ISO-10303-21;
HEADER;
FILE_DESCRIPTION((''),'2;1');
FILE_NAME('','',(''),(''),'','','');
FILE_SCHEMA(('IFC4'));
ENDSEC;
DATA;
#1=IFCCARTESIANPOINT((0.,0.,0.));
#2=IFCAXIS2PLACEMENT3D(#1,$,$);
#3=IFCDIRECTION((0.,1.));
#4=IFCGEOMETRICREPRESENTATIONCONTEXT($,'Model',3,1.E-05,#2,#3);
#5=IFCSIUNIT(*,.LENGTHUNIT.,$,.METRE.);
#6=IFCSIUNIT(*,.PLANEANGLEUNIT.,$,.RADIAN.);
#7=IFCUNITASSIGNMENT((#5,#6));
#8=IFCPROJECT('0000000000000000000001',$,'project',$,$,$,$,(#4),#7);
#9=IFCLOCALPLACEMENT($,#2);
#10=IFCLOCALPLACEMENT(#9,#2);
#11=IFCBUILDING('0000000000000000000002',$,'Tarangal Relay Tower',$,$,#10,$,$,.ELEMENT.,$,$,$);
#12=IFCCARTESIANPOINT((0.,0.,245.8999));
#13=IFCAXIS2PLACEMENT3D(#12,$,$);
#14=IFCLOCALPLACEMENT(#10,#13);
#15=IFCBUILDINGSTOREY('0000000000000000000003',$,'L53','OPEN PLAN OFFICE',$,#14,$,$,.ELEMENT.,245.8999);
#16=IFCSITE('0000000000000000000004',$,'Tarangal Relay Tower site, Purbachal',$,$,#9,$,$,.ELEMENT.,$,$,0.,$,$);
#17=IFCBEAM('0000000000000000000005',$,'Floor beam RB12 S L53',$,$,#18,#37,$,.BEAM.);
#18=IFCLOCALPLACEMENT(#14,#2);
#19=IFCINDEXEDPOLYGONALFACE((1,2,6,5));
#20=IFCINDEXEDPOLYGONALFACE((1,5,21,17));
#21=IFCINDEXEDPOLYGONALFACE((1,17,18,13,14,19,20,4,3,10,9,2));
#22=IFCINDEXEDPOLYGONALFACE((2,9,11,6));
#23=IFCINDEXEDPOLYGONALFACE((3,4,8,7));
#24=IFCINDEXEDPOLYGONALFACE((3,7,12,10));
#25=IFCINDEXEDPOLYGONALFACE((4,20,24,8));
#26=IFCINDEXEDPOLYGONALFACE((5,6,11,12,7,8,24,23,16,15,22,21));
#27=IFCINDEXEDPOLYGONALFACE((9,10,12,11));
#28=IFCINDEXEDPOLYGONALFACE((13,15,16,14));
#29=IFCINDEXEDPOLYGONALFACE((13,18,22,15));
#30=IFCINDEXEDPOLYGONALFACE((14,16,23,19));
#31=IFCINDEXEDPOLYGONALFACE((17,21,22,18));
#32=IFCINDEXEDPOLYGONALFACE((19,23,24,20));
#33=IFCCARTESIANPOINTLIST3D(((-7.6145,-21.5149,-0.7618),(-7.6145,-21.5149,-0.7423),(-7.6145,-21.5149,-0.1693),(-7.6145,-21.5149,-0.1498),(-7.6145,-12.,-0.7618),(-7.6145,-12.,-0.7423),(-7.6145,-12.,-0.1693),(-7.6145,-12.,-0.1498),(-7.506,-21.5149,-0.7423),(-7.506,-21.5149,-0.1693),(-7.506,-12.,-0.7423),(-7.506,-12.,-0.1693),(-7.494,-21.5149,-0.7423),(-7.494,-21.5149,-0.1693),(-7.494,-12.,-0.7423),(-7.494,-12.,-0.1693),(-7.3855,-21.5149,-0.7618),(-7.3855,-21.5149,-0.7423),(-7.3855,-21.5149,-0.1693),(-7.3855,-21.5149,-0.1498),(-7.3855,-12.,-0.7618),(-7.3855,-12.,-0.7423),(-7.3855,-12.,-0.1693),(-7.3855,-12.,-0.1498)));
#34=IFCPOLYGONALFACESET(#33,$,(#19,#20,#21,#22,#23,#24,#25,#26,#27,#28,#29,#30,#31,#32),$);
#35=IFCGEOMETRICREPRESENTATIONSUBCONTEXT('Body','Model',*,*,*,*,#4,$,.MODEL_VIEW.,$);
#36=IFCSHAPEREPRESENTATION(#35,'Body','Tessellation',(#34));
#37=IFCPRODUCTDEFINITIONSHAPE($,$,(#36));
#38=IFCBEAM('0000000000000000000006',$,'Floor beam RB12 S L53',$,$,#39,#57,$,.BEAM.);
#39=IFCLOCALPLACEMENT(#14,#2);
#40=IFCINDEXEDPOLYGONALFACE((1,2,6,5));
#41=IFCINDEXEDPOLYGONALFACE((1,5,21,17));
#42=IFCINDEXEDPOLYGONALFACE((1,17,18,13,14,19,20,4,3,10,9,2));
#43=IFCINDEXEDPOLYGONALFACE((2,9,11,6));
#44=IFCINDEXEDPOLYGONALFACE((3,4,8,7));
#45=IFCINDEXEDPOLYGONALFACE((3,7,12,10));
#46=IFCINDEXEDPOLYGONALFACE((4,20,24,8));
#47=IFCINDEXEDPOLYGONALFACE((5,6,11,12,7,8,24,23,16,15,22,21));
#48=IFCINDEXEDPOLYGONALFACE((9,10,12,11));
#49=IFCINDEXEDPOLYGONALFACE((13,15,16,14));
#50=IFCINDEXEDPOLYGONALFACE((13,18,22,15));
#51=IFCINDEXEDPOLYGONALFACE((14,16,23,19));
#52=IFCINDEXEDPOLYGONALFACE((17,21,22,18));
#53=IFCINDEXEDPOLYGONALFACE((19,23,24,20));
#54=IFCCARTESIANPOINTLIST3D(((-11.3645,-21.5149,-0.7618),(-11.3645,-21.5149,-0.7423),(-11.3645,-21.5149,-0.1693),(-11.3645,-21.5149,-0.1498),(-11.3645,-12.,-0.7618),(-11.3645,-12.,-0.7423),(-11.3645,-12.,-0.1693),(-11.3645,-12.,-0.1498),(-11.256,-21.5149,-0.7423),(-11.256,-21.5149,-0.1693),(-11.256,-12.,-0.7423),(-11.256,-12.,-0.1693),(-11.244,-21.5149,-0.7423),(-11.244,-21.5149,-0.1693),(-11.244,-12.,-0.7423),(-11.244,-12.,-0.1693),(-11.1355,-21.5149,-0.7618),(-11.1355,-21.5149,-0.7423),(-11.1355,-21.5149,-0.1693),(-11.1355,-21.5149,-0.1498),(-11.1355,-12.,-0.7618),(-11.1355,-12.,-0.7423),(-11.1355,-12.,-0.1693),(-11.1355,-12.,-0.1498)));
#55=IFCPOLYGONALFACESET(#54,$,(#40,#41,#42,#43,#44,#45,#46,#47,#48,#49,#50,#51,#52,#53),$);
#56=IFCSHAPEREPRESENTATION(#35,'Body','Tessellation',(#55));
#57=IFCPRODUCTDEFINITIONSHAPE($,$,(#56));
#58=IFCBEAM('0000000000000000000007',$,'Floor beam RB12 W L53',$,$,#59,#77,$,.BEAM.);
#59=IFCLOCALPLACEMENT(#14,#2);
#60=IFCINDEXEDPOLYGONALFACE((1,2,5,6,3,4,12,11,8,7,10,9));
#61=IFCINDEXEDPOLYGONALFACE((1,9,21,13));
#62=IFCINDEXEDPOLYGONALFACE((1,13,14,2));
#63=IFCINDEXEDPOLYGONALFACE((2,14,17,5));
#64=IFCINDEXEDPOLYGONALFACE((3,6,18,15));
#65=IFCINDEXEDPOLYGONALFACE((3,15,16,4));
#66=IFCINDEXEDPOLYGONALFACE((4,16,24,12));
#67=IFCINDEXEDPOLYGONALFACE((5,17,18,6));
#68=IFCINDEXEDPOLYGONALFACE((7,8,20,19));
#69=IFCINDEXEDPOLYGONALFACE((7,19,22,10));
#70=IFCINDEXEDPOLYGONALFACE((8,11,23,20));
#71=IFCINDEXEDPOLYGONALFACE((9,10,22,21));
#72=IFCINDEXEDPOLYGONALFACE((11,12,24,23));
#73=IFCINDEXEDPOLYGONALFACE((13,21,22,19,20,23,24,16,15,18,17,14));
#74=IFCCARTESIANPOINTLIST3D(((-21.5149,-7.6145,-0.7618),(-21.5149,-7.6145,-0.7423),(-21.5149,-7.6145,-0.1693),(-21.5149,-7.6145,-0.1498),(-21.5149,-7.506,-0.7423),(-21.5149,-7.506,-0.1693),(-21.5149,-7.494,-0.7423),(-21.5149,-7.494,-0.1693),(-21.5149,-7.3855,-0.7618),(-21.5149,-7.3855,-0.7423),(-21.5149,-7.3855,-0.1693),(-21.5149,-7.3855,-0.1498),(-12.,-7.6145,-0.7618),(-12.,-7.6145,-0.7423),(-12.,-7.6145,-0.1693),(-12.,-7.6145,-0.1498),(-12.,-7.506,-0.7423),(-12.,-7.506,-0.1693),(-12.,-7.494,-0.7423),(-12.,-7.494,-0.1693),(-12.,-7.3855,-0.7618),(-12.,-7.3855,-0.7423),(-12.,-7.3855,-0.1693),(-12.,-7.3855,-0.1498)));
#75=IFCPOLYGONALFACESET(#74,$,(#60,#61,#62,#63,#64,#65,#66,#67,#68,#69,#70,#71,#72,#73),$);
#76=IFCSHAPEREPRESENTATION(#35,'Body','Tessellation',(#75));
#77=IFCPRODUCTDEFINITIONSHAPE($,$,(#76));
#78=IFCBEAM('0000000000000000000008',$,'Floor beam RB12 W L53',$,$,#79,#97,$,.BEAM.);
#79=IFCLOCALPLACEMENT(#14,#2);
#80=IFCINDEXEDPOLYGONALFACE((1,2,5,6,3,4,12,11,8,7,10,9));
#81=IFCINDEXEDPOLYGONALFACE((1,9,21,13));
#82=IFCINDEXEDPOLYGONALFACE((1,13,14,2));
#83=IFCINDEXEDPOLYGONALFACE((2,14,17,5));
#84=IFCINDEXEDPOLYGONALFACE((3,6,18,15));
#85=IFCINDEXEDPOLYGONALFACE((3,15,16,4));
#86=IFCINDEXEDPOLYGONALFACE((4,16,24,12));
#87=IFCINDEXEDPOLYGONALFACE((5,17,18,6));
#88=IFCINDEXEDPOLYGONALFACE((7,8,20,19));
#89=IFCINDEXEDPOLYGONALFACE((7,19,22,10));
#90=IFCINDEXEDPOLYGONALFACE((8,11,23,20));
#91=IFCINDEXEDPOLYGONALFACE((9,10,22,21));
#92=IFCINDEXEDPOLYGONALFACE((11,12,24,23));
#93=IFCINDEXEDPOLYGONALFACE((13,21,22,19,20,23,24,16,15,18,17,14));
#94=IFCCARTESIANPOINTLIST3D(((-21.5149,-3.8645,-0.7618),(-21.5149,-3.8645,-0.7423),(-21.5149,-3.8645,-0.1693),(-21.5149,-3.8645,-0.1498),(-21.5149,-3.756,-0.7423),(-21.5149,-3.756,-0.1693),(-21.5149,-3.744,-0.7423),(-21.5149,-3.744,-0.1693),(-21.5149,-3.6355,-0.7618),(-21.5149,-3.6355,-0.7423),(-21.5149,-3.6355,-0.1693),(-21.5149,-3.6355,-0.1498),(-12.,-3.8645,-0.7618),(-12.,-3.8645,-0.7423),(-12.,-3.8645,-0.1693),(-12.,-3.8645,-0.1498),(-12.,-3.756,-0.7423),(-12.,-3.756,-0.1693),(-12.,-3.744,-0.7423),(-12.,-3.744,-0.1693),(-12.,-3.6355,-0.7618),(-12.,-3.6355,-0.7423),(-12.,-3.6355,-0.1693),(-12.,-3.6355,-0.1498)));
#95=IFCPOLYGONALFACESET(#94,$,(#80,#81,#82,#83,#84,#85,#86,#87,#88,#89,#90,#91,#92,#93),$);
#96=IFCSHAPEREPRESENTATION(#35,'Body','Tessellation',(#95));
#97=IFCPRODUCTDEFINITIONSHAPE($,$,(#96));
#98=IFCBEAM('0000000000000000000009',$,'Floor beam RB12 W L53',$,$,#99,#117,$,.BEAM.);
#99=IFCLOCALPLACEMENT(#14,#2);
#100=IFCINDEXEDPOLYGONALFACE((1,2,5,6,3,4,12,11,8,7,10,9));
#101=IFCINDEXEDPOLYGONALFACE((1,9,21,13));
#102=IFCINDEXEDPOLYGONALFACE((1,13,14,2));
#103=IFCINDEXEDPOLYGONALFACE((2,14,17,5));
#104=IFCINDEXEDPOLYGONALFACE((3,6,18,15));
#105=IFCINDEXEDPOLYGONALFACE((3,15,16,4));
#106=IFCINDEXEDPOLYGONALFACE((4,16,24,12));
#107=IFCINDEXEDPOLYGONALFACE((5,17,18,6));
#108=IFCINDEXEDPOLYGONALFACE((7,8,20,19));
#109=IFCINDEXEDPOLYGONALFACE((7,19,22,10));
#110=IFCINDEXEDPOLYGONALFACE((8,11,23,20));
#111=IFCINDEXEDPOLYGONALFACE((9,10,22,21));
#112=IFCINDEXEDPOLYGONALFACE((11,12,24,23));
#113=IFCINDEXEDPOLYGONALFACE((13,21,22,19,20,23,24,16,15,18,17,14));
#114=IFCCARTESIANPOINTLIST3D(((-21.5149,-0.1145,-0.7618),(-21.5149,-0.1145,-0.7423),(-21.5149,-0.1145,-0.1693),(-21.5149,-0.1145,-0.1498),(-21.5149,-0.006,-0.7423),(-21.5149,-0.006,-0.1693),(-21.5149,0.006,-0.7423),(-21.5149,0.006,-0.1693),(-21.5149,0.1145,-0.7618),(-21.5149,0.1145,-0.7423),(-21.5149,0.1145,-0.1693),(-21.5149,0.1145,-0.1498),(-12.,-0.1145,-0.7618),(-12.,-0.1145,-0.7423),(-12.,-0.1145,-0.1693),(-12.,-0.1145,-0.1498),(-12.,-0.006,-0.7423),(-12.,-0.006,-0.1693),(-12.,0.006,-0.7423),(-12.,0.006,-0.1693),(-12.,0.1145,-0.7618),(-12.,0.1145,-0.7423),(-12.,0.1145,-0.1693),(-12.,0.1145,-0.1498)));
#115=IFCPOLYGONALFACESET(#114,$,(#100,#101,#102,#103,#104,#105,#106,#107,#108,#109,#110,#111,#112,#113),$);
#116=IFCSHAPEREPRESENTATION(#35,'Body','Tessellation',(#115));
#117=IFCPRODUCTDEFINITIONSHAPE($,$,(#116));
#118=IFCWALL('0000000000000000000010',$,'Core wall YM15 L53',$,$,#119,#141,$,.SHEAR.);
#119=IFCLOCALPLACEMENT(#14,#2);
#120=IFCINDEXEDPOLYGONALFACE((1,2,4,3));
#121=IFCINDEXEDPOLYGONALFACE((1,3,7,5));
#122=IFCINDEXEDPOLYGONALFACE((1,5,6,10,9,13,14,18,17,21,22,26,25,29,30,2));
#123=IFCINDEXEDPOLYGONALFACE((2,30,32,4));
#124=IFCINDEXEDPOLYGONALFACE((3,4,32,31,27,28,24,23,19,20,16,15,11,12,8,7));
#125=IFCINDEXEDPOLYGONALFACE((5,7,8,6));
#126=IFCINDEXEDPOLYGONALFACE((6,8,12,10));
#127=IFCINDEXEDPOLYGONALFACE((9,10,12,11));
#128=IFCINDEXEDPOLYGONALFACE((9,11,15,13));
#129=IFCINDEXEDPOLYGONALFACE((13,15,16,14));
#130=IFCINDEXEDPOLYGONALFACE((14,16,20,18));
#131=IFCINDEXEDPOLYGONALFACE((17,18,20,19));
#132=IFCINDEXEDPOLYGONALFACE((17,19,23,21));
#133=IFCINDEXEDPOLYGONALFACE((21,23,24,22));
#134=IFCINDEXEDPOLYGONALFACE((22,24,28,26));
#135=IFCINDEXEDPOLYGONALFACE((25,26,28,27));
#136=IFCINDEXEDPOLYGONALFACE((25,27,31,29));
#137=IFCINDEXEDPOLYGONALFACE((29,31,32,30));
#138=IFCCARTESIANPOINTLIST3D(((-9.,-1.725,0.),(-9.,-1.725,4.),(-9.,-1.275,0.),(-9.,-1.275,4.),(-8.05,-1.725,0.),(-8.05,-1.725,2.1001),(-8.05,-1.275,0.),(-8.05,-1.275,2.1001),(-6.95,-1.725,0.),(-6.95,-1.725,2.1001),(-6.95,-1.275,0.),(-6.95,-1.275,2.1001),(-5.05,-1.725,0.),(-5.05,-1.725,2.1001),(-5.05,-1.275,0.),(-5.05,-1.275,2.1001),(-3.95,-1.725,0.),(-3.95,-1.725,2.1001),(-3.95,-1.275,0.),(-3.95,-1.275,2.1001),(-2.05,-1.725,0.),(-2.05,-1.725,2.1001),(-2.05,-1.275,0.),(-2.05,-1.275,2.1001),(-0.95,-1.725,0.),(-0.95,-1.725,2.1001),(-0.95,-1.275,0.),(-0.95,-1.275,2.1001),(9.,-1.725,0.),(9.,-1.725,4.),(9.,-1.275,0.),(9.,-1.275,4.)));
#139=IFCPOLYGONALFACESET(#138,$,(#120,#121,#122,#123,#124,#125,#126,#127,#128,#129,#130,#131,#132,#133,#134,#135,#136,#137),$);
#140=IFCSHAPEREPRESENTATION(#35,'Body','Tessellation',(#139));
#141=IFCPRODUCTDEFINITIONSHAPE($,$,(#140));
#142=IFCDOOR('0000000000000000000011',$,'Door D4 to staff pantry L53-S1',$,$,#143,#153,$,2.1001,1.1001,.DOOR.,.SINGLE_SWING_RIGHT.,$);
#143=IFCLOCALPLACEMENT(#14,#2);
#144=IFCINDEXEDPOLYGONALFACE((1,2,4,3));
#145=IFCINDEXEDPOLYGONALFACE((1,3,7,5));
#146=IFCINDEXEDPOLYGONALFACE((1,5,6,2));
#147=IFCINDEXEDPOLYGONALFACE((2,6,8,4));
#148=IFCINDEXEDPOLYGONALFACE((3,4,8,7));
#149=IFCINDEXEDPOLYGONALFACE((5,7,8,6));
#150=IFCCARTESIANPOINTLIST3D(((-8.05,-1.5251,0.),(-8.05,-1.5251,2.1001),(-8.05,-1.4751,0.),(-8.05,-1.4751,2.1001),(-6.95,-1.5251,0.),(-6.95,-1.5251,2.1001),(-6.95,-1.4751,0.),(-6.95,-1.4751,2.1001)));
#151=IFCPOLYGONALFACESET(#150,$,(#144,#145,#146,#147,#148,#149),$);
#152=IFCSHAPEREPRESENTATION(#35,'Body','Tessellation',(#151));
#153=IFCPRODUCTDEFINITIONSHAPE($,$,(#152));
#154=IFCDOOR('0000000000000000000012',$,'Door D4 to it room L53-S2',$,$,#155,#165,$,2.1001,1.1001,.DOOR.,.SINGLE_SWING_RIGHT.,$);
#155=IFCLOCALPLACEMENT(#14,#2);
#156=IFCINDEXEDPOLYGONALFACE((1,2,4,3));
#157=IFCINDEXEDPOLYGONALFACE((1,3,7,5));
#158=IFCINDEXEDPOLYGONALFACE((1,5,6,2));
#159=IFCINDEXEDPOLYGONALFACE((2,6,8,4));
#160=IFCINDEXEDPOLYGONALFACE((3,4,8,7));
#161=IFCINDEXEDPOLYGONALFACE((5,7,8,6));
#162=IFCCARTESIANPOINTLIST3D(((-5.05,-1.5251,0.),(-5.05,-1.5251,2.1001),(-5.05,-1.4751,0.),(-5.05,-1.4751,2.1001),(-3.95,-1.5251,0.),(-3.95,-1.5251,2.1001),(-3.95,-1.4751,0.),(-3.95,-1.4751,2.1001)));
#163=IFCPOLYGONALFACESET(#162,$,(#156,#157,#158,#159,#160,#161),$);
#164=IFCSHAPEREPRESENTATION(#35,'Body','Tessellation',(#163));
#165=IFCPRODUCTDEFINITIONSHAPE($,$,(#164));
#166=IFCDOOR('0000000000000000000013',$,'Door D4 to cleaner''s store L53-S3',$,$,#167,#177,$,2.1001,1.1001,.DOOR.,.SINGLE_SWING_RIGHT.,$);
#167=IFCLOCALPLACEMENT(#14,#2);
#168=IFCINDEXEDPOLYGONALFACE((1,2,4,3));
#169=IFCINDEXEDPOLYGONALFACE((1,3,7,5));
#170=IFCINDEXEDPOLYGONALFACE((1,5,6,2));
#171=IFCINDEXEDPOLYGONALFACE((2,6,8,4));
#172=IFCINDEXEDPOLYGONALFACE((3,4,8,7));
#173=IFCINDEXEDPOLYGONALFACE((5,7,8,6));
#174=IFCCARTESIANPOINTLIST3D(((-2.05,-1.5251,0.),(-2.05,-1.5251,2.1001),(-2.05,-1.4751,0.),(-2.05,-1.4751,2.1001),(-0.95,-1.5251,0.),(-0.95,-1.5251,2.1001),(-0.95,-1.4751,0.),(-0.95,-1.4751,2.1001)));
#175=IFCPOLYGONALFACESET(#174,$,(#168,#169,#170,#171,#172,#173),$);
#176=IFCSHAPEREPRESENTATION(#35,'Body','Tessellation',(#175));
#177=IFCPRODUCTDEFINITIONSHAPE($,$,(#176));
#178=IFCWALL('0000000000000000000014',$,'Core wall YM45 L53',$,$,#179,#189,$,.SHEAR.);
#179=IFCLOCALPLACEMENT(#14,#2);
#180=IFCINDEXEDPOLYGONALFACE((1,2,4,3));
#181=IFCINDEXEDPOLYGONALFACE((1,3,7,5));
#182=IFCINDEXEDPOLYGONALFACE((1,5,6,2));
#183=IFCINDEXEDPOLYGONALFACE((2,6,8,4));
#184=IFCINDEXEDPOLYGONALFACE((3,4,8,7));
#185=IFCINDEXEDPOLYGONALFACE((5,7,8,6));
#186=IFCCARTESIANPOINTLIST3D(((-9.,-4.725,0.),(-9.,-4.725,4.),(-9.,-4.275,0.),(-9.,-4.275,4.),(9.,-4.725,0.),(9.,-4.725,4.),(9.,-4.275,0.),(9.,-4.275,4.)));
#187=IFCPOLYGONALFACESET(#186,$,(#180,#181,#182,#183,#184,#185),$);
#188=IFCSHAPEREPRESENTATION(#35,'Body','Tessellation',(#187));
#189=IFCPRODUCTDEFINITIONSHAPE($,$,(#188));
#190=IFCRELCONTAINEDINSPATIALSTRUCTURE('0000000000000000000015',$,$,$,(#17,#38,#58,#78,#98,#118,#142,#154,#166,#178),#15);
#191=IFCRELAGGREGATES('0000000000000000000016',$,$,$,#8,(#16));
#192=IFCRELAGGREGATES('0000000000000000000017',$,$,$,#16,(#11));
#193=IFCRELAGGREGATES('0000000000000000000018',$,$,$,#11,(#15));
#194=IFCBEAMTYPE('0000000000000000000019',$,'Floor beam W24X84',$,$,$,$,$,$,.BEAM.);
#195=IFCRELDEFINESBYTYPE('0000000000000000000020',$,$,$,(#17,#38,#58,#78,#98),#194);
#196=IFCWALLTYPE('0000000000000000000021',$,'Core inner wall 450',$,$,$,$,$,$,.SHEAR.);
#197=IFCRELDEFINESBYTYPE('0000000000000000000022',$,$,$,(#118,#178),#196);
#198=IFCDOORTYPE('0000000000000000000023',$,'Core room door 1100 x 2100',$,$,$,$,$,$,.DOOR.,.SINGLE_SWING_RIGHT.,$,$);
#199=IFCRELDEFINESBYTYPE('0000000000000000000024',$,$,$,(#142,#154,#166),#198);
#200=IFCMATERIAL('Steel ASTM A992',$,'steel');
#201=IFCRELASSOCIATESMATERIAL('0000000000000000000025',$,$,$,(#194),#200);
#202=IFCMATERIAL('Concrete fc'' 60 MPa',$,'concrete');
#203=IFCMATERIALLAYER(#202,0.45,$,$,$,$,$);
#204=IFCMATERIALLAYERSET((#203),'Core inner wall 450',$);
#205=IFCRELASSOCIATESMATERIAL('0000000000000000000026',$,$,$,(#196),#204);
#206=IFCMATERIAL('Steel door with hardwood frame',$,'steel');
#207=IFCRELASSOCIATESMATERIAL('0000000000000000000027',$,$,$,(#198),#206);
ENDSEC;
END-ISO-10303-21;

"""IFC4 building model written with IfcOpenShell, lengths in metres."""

from ifc_helpers import new_model, si_unit, direction, frame, frame_2d, origin, origin_2d, place, context, subcontext, project, spatial, rectangle, i_section, extrude, material, layer, layer_set, material_profile, profile_set, type_object, element, fill, save


model = new_model("IFC4")

# Units and contexts
model_context = context("Model", 3, precision=1e-05, world=origin(), true_north=direction((0.0, 1.0)))
body_context = subcontext(model_context, "Body", "Model", "MODEL_VIEW")
ifc_project = project(units=[si_unit("LENGTHUNIT", "METRE"), si_unit("PLANEANGLEUNIT", "RADIAN")], contexts=[model_context])

# Site, building, storey
site_placement = place(None, origin())
site = spatial("IfcSite", under=ifc_project, at=site_placement, Name="Tarangal Relay Tower site, Purbachal", CompositionType="ELEMENT", RefElevation=0.0)
building_placement = place(site_placement, origin())
building = spatial("IfcBuilding", under=site, at=building_placement, Name="Tarangal Relay Tower", CompositionType="ELEMENT")
storey_placement = place(building_placement, frame((0.0, 0.0, 245.8999)))
storey = spatial("IfcBuildingStorey", under=building, at=storey_placement, Name="L53", Description="OPEN PLAN OFFICE", CompositionType="ELEMENT", Elevation=245.8999)

# Beams
ifc_material_1 = material(Name="Steel ASTM A992", Category="steel")
ifc_material_profile = material_profile(ifc_material_1, i_section(OverallWidth=0.229, OverallDepth=0.6121, WebThickness=0.012, FlangeThickness=0.0195, at=origin_2d()), Name="W24X84")
ifc_profile_set = profile_set([ifc_material_profile], Name="Steel ASTM A992")
beam_type = type_object("IfcBeamType", Name="Floor beam W24X84", PredefinedType="BEAM", material=ifc_profile_set)
for number, where, z_axis, x_axis, name in (
    (1, (-7.5, -12.0, -0.4558), (0.0, -1.0, 0.0), (1.0, 0.0, 0.0), "Floor beam RB12 S L53"),
    (2, (-11.25, -12.0, -0.4558), (0.0, -1.0, 0.0), (1.0, 0.0, 0.0), "Floor beam RB12 S L53"),
    (3, (-12.0, -7.5, -0.4558), (-1.0, 0.0, 0.0), (0.0, -1.0, 0.0), "Floor beam RB12 W L53"),
    (4, (-12.0, -3.75, -0.4558), (-1.0, 0.0, 0.0), (0.0, -1.0, 0.0), "Floor beam RB12 W L53"),
    (5, (-12.0, 0.0, -0.4558), (-1.0, 0.0, 0.0), (0.0, -1.0, 0.0), "Floor beam RB12 W L53"),
):
    element("IfcBeam", number, at=place(storey_placement, frame(where, z_axis=z_axis, x_axis=x_axis)), inside=storey, type_object=beam_type, Name=name, PredefinedType="BEAM", context=body_context, shape_type="SweptSolid", body=[
        extrude(i_section(OverallWidth=0.229, OverallDepth=0.6121, WebThickness=0.012, FlangeThickness=0.0195, at=origin_2d()), origin(), (0.0, 0.0, 1.0), 9.5149),
    ])

# Wall, openings, doors
ifc_material_2 = material(Name="Concrete fc' 60 MPa", Category="concrete")
ifc_layer_1 = layer(ifc_material_2, 0.45)
ifc_layer_set_1 = layer_set([ifc_layer_1], Name="Core inner wall 450")
wall_type_1 = type_object("IfcWallType", Name="Core inner wall 450", PredefinedType="SHEAR", material=ifc_layer_set_1)
wall_1_placement = place(storey_placement, frame((-9.0, -1.5, 0.0), z_axis=(0.0, 0.0, 1.0), x_axis=(1.0, 0.0, 0.0)))
wall_1 = element("IfcWall", 6, at=wall_1_placement, inside=storey, type_object=wall_type_1, Name="Core wall YM15 L53", PredefinedType="SHEAR", context=body_context, shape_type="SweptSolid", body=[
    extrude(rectangle(XDim=18.0, YDim=0.45, at=frame_2d((9.0, 0.0))), origin(), (0.0, 0.0, 1.0), 4.0),
])
opening_1_placement = place(wall_1_placement, frame((0.95, 0.0, 0.0)))
opening_1 = element("IfcOpeningElement", 7, at=opening_1_placement, cuts=wall_1, PredefinedType="OPENING", context=body_context, shape_type="SweptSolid", body=[
    extrude(rectangle(XDim=1.1001, YDim=2.1001, at=frame_2d((0.55, 1.05))), frame((0.0, 0.2349, 0.0), z_axis=(0.0, -1.0, 0.0), x_axis=(1.0, 0.0, 0.0)), (0.0, 0.0, 1.0), 0.47),
])
opening_2_placement = place(wall_1_placement, frame((3.95, 0.0, 0.0)))
opening_2 = element("IfcOpeningElement", 8, at=opening_2_placement, cuts=wall_1, PredefinedType="OPENING", context=body_context, shape_type="SweptSolid", body=[
    extrude(rectangle(XDim=1.1001, YDim=2.1001, at=frame_2d((0.55, 1.05))), frame((0.0, 0.2349, 0.0), z_axis=(0.0, -1.0, 0.0), x_axis=(1.0, 0.0, 0.0)), (0.0, 0.0, 1.0), 0.47),
])
opening_3_placement = place(wall_1_placement, frame((6.95, 0.0, 0.0)))
opening_3 = element("IfcOpeningElement", 9, at=opening_3_placement, cuts=wall_1, PredefinedType="OPENING", context=body_context, shape_type="SweptSolid", body=[
    extrude(rectangle(XDim=1.1001, YDim=2.1001, at=frame_2d((0.55, 1.05))), frame((0.0, 0.2349, 0.0), z_axis=(0.0, -1.0, 0.0), x_axis=(1.0, 0.0, 0.0)), (0.0, 0.0, 1.0), 0.47),
])
ifc_material_3 = material(Name="Steel door with hardwood frame", Category="steel")
door_type_1 = type_object("IfcDoorType", Name="Core room door 1100 x 2100", OperationType="SINGLE_SWING_RIGHT", PredefinedType="DOOR", material=ifc_material_3)
door_1_placement = place(opening_1_placement, origin())
door_1 = element("IfcDoor", 10, at=door_1_placement, inside=storey, type_object=door_type_1, Name="Door D4 to staff pantry L53-S1", OperationType="SINGLE_SWING_RIGHT", OverallHeight=2.1001, OverallWidth=1.1001, PredefinedType="DOOR", context=body_context, shape_type="SweptSolid", body=[
    extrude(rectangle(XDim=1.1001, YDim=2.1001, at=frame_2d((0.55, 1.05))), frame((0.0, 0.0249, 0.0), z_axis=(0.0, -1.0, 0.0), x_axis=(1.0, 0.0, 0.0)), (0.0, 0.0, 1.0), 0.05),
])
fill(opening_1, door_1)
door_2_placement = place(opening_2_placement, origin())
door_2 = element("IfcDoor", 11, at=door_2_placement, inside=storey, type_object=door_type_1, Name="Door D4 to it room L53-S2", OperationType="SINGLE_SWING_RIGHT", OverallHeight=2.1001, OverallWidth=1.1001, PredefinedType="DOOR", context=body_context, shape_type="SweptSolid", body=[
    extrude(rectangle(XDim=1.1001, YDim=2.1001, at=frame_2d((0.55, 1.05))), frame((0.0, 0.0249, 0.0), z_axis=(0.0, -1.0, 0.0), x_axis=(1.0, 0.0, 0.0)), (0.0, 0.0, 1.0), 0.05),
])
fill(opening_2, door_2)
door_3_placement = place(opening_3_placement, origin())
door_3 = element("IfcDoor", 12, at=door_3_placement, inside=storey, type_object=door_type_1, Name="Door D4 to cleaner's store L53-S3", OperationType="SINGLE_SWING_RIGHT", OverallHeight=2.1001, OverallWidth=1.1001, PredefinedType="DOOR", context=body_context, shape_type="SweptSolid", body=[
    extrude(rectangle(XDim=1.1001, YDim=2.1001, at=frame_2d((0.55, 1.05))), frame((0.0, 0.0249, 0.0), z_axis=(0.0, -1.0, 0.0), x_axis=(1.0, 0.0, 0.0)), (0.0, 0.0, 1.0), 0.05),
])
fill(opening_3, door_3)

# Wall
wall_2_placement = place(storey_placement, frame((-9.0, -4.5, 0.0), z_axis=(0.0, 0.0, 1.0), x_axis=(1.0, 0.0, 0.0)))
element("IfcWall", 13, at=wall_2_placement, inside=storey, type_object=wall_type_1, Name="Core wall YM45 L53", PredefinedType="SHEAR", context=body_context, shape_type="SweptSolid", body=[
    extrude(rectangle(XDim=18.0, YDim=0.45, at=frame_2d((9.0, 0.0))), origin(), (0.0, 0.0, 1.0), 4.0),
])

save(model, "model.ifc")
